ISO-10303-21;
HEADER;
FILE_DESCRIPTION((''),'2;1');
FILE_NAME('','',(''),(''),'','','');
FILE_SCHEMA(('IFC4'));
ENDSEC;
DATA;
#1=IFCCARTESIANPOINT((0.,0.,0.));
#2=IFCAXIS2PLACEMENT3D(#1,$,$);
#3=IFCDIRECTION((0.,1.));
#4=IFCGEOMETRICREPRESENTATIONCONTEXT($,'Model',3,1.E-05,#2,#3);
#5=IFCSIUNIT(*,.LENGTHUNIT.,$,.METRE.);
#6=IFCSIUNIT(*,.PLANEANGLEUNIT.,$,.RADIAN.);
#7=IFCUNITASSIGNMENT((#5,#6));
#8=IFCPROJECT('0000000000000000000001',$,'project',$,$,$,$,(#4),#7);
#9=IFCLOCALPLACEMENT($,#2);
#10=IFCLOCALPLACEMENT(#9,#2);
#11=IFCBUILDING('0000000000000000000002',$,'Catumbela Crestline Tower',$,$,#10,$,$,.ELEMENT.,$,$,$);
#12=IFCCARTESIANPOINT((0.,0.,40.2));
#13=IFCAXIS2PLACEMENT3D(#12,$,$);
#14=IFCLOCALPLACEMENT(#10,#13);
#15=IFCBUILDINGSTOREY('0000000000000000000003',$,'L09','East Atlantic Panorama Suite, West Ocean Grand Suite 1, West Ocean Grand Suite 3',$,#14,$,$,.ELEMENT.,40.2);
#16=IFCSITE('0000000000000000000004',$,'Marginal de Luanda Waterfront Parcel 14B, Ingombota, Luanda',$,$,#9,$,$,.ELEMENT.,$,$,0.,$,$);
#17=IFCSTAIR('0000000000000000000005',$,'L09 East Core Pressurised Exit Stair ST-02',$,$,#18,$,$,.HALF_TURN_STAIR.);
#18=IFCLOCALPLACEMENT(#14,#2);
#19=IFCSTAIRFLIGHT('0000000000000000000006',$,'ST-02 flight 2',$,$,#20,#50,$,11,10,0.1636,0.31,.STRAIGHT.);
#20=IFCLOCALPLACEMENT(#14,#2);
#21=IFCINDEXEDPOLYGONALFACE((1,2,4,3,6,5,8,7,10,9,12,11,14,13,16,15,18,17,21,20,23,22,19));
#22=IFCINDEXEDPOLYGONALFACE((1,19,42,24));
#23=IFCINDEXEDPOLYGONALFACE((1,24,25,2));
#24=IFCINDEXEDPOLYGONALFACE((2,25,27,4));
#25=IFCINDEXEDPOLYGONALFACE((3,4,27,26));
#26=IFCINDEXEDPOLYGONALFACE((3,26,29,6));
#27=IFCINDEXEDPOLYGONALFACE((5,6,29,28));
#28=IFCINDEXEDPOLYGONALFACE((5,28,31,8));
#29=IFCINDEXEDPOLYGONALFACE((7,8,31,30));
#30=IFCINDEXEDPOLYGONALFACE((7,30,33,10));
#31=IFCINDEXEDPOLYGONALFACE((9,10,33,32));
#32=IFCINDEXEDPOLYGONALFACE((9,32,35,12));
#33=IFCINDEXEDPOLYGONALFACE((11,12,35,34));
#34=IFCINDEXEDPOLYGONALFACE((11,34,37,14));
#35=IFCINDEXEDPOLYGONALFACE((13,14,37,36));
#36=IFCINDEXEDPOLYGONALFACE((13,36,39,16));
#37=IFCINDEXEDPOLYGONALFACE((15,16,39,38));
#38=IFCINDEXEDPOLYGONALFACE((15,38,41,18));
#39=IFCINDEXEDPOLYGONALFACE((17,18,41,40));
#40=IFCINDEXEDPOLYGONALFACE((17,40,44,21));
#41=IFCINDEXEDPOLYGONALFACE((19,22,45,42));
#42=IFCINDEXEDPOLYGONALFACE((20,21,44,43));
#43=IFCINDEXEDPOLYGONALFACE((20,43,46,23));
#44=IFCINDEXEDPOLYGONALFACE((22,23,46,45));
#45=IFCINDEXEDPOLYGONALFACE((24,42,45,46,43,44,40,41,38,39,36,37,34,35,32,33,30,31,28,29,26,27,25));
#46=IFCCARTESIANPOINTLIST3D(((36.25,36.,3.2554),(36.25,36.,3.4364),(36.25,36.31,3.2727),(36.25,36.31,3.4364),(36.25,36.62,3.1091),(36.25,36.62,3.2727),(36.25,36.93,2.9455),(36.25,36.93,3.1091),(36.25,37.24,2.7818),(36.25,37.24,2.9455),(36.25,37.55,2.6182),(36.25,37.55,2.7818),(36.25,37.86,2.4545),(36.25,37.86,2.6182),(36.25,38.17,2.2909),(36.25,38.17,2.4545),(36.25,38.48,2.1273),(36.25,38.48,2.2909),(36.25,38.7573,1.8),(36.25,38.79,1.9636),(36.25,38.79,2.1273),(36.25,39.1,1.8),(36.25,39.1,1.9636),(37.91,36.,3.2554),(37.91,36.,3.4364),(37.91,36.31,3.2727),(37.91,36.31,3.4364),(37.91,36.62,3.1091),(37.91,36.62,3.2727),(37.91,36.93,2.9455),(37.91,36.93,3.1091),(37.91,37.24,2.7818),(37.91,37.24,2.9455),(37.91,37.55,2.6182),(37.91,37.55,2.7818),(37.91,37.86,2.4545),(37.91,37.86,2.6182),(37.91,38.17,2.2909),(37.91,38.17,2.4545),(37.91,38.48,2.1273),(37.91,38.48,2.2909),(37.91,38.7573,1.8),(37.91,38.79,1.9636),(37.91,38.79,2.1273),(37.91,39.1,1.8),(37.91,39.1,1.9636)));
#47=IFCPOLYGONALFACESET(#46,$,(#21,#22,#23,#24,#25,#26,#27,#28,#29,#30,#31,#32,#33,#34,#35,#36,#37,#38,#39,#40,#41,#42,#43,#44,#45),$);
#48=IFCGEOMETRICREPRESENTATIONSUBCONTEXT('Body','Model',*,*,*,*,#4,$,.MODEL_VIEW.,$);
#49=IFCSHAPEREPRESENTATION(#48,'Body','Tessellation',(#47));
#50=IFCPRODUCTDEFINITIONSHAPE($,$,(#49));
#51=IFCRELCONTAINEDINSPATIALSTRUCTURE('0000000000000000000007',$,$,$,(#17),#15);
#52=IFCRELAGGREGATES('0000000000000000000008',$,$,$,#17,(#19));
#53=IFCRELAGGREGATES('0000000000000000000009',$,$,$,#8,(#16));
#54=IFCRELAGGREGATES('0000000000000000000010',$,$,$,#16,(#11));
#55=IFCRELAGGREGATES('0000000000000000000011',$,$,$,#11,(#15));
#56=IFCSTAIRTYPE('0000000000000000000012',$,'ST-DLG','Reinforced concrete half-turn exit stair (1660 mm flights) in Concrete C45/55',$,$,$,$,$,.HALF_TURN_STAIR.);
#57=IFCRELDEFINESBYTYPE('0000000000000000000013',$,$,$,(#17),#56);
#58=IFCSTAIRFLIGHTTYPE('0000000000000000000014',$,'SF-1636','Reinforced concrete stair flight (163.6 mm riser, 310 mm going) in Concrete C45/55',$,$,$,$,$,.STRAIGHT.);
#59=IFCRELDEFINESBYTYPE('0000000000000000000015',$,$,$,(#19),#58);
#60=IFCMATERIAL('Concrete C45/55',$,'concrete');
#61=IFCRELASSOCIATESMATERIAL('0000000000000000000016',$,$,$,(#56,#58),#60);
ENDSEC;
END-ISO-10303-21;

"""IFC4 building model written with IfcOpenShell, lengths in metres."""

from ifc_helpers import new_model, si_unit, direction, frame, origin, place, context, subcontext, project, spatial, polyline, outline, extrude, material, type_object, element, aggregate, save


model = new_model("IFC4")

# Units and contexts
model_context = context("Model", 3, precision=1e-05, world=origin(), true_north=direction((0.0, 1.0)))
body_context = subcontext(model_context, "Body", "Model", "MODEL_VIEW")
ifc_project = project(units=[si_unit("LENGTHUNIT", "METRE"), si_unit("PLANEANGLEUNIT", "RADIAN")], contexts=[model_context])

# Site, building, storey
site_placement = place(None, origin())
site = spatial("IfcSite", under=ifc_project, at=site_placement, Name="Marginal de Luanda Waterfront Parcel 14B, Ingombota, Luanda", CompositionType="ELEMENT", RefElevation=0.0)
building_placement = place(site_placement, origin())
building = spatial("IfcBuilding", under=site, at=building_placement, Name="Catumbela Crestline Tower", CompositionType="ELEMENT")
storey_placement = place(building_placement, frame((0.0, 0.0, 40.2)))
storey = spatial("IfcBuildingStorey", under=building, at=storey_placement, Name="L09", Description="East Atlantic Panorama Suite, West Ocean Grand Suite 1, West Ocean Grand Suite 3", CompositionType="ELEMENT", Elevation=40.2)

# Stair, stair flight
ifc_material_1 = material(Name="Concrete C45/55", Category="concrete")
stair_type = type_object("IfcStairType", Name="ST-DLG", Description="Reinforced concrete half-turn exit stair (1660 mm flights) in Concrete C45/55", PredefinedType="HALF_TURN_STAIR", material=ifc_material_1)
stair_placement = place(storey_placement, origin())
stair = element("IfcStair", 1, at=stair_placement, inside=storey, type_object=stair_type, Name="L09 East Core Pressurised Exit Stair ST-02", PredefinedType="HALF_TURN_STAIR")
stair_flight_type = type_object("IfcStairFlightType", Name="SF-1636", Description="Reinforced concrete stair flight (163.6 mm riser, 310 mm going) in Concrete C45/55", PredefinedType="STRAIGHT", material=ifc_material_1)
stair_flight_1_placement = place(storey_placement, frame((37.08, 39.1, 1.8), z_axis=(0.0, 0.0, 1.0), x_axis=(0.0, -1.0, 0.0)))
stair_flight_1 = element("IfcStairFlight", 2, at=stair_flight_1_placement, type_object=stair_flight_type, Name="ST-02 flight 2", NumberOfRisers=11, NumberOfTreads=10, PredefinedType="STRAIGHT", RiserHeight=0.1636, TreadLength=0.31, context=body_context, shape_type="SweptSolid", body=[
    extrude(outline(polyline([(0.0, 0.0), (0.0, 0.1636), (0.31, 0.1636), (0.31, 0.3273), (0.62, 0.3273), (0.62, 0.4909), (0.93, 0.4909), (0.93, 0.6545), (1.24, 0.6545), (1.24, 0.8182), (1.55, 0.8182), (1.55, 0.9818), (1.86, 0.9818), (1.86, 1.1455), (2.17, 1.1455), (2.17, 1.3091), (2.48, 1.3091), (2.48, 1.4727), (2.79, 1.4727), (2.79, 1.6364), (3.1, 1.6364), (3.1, 1.8), (3.1, 1.4554), (0.3427, 0.0), (0.0, 0.0)])), frame((0.0, 0.83, 0.0), z_axis=(0.0, -1.0, 0.0), x_axis=(1.0, 0.0, 0.0)), (0.0, 0.0, 1.0), 1.66),
])
aggregate(stair, [stair_flight_1])

save(model, "model.ifc")
